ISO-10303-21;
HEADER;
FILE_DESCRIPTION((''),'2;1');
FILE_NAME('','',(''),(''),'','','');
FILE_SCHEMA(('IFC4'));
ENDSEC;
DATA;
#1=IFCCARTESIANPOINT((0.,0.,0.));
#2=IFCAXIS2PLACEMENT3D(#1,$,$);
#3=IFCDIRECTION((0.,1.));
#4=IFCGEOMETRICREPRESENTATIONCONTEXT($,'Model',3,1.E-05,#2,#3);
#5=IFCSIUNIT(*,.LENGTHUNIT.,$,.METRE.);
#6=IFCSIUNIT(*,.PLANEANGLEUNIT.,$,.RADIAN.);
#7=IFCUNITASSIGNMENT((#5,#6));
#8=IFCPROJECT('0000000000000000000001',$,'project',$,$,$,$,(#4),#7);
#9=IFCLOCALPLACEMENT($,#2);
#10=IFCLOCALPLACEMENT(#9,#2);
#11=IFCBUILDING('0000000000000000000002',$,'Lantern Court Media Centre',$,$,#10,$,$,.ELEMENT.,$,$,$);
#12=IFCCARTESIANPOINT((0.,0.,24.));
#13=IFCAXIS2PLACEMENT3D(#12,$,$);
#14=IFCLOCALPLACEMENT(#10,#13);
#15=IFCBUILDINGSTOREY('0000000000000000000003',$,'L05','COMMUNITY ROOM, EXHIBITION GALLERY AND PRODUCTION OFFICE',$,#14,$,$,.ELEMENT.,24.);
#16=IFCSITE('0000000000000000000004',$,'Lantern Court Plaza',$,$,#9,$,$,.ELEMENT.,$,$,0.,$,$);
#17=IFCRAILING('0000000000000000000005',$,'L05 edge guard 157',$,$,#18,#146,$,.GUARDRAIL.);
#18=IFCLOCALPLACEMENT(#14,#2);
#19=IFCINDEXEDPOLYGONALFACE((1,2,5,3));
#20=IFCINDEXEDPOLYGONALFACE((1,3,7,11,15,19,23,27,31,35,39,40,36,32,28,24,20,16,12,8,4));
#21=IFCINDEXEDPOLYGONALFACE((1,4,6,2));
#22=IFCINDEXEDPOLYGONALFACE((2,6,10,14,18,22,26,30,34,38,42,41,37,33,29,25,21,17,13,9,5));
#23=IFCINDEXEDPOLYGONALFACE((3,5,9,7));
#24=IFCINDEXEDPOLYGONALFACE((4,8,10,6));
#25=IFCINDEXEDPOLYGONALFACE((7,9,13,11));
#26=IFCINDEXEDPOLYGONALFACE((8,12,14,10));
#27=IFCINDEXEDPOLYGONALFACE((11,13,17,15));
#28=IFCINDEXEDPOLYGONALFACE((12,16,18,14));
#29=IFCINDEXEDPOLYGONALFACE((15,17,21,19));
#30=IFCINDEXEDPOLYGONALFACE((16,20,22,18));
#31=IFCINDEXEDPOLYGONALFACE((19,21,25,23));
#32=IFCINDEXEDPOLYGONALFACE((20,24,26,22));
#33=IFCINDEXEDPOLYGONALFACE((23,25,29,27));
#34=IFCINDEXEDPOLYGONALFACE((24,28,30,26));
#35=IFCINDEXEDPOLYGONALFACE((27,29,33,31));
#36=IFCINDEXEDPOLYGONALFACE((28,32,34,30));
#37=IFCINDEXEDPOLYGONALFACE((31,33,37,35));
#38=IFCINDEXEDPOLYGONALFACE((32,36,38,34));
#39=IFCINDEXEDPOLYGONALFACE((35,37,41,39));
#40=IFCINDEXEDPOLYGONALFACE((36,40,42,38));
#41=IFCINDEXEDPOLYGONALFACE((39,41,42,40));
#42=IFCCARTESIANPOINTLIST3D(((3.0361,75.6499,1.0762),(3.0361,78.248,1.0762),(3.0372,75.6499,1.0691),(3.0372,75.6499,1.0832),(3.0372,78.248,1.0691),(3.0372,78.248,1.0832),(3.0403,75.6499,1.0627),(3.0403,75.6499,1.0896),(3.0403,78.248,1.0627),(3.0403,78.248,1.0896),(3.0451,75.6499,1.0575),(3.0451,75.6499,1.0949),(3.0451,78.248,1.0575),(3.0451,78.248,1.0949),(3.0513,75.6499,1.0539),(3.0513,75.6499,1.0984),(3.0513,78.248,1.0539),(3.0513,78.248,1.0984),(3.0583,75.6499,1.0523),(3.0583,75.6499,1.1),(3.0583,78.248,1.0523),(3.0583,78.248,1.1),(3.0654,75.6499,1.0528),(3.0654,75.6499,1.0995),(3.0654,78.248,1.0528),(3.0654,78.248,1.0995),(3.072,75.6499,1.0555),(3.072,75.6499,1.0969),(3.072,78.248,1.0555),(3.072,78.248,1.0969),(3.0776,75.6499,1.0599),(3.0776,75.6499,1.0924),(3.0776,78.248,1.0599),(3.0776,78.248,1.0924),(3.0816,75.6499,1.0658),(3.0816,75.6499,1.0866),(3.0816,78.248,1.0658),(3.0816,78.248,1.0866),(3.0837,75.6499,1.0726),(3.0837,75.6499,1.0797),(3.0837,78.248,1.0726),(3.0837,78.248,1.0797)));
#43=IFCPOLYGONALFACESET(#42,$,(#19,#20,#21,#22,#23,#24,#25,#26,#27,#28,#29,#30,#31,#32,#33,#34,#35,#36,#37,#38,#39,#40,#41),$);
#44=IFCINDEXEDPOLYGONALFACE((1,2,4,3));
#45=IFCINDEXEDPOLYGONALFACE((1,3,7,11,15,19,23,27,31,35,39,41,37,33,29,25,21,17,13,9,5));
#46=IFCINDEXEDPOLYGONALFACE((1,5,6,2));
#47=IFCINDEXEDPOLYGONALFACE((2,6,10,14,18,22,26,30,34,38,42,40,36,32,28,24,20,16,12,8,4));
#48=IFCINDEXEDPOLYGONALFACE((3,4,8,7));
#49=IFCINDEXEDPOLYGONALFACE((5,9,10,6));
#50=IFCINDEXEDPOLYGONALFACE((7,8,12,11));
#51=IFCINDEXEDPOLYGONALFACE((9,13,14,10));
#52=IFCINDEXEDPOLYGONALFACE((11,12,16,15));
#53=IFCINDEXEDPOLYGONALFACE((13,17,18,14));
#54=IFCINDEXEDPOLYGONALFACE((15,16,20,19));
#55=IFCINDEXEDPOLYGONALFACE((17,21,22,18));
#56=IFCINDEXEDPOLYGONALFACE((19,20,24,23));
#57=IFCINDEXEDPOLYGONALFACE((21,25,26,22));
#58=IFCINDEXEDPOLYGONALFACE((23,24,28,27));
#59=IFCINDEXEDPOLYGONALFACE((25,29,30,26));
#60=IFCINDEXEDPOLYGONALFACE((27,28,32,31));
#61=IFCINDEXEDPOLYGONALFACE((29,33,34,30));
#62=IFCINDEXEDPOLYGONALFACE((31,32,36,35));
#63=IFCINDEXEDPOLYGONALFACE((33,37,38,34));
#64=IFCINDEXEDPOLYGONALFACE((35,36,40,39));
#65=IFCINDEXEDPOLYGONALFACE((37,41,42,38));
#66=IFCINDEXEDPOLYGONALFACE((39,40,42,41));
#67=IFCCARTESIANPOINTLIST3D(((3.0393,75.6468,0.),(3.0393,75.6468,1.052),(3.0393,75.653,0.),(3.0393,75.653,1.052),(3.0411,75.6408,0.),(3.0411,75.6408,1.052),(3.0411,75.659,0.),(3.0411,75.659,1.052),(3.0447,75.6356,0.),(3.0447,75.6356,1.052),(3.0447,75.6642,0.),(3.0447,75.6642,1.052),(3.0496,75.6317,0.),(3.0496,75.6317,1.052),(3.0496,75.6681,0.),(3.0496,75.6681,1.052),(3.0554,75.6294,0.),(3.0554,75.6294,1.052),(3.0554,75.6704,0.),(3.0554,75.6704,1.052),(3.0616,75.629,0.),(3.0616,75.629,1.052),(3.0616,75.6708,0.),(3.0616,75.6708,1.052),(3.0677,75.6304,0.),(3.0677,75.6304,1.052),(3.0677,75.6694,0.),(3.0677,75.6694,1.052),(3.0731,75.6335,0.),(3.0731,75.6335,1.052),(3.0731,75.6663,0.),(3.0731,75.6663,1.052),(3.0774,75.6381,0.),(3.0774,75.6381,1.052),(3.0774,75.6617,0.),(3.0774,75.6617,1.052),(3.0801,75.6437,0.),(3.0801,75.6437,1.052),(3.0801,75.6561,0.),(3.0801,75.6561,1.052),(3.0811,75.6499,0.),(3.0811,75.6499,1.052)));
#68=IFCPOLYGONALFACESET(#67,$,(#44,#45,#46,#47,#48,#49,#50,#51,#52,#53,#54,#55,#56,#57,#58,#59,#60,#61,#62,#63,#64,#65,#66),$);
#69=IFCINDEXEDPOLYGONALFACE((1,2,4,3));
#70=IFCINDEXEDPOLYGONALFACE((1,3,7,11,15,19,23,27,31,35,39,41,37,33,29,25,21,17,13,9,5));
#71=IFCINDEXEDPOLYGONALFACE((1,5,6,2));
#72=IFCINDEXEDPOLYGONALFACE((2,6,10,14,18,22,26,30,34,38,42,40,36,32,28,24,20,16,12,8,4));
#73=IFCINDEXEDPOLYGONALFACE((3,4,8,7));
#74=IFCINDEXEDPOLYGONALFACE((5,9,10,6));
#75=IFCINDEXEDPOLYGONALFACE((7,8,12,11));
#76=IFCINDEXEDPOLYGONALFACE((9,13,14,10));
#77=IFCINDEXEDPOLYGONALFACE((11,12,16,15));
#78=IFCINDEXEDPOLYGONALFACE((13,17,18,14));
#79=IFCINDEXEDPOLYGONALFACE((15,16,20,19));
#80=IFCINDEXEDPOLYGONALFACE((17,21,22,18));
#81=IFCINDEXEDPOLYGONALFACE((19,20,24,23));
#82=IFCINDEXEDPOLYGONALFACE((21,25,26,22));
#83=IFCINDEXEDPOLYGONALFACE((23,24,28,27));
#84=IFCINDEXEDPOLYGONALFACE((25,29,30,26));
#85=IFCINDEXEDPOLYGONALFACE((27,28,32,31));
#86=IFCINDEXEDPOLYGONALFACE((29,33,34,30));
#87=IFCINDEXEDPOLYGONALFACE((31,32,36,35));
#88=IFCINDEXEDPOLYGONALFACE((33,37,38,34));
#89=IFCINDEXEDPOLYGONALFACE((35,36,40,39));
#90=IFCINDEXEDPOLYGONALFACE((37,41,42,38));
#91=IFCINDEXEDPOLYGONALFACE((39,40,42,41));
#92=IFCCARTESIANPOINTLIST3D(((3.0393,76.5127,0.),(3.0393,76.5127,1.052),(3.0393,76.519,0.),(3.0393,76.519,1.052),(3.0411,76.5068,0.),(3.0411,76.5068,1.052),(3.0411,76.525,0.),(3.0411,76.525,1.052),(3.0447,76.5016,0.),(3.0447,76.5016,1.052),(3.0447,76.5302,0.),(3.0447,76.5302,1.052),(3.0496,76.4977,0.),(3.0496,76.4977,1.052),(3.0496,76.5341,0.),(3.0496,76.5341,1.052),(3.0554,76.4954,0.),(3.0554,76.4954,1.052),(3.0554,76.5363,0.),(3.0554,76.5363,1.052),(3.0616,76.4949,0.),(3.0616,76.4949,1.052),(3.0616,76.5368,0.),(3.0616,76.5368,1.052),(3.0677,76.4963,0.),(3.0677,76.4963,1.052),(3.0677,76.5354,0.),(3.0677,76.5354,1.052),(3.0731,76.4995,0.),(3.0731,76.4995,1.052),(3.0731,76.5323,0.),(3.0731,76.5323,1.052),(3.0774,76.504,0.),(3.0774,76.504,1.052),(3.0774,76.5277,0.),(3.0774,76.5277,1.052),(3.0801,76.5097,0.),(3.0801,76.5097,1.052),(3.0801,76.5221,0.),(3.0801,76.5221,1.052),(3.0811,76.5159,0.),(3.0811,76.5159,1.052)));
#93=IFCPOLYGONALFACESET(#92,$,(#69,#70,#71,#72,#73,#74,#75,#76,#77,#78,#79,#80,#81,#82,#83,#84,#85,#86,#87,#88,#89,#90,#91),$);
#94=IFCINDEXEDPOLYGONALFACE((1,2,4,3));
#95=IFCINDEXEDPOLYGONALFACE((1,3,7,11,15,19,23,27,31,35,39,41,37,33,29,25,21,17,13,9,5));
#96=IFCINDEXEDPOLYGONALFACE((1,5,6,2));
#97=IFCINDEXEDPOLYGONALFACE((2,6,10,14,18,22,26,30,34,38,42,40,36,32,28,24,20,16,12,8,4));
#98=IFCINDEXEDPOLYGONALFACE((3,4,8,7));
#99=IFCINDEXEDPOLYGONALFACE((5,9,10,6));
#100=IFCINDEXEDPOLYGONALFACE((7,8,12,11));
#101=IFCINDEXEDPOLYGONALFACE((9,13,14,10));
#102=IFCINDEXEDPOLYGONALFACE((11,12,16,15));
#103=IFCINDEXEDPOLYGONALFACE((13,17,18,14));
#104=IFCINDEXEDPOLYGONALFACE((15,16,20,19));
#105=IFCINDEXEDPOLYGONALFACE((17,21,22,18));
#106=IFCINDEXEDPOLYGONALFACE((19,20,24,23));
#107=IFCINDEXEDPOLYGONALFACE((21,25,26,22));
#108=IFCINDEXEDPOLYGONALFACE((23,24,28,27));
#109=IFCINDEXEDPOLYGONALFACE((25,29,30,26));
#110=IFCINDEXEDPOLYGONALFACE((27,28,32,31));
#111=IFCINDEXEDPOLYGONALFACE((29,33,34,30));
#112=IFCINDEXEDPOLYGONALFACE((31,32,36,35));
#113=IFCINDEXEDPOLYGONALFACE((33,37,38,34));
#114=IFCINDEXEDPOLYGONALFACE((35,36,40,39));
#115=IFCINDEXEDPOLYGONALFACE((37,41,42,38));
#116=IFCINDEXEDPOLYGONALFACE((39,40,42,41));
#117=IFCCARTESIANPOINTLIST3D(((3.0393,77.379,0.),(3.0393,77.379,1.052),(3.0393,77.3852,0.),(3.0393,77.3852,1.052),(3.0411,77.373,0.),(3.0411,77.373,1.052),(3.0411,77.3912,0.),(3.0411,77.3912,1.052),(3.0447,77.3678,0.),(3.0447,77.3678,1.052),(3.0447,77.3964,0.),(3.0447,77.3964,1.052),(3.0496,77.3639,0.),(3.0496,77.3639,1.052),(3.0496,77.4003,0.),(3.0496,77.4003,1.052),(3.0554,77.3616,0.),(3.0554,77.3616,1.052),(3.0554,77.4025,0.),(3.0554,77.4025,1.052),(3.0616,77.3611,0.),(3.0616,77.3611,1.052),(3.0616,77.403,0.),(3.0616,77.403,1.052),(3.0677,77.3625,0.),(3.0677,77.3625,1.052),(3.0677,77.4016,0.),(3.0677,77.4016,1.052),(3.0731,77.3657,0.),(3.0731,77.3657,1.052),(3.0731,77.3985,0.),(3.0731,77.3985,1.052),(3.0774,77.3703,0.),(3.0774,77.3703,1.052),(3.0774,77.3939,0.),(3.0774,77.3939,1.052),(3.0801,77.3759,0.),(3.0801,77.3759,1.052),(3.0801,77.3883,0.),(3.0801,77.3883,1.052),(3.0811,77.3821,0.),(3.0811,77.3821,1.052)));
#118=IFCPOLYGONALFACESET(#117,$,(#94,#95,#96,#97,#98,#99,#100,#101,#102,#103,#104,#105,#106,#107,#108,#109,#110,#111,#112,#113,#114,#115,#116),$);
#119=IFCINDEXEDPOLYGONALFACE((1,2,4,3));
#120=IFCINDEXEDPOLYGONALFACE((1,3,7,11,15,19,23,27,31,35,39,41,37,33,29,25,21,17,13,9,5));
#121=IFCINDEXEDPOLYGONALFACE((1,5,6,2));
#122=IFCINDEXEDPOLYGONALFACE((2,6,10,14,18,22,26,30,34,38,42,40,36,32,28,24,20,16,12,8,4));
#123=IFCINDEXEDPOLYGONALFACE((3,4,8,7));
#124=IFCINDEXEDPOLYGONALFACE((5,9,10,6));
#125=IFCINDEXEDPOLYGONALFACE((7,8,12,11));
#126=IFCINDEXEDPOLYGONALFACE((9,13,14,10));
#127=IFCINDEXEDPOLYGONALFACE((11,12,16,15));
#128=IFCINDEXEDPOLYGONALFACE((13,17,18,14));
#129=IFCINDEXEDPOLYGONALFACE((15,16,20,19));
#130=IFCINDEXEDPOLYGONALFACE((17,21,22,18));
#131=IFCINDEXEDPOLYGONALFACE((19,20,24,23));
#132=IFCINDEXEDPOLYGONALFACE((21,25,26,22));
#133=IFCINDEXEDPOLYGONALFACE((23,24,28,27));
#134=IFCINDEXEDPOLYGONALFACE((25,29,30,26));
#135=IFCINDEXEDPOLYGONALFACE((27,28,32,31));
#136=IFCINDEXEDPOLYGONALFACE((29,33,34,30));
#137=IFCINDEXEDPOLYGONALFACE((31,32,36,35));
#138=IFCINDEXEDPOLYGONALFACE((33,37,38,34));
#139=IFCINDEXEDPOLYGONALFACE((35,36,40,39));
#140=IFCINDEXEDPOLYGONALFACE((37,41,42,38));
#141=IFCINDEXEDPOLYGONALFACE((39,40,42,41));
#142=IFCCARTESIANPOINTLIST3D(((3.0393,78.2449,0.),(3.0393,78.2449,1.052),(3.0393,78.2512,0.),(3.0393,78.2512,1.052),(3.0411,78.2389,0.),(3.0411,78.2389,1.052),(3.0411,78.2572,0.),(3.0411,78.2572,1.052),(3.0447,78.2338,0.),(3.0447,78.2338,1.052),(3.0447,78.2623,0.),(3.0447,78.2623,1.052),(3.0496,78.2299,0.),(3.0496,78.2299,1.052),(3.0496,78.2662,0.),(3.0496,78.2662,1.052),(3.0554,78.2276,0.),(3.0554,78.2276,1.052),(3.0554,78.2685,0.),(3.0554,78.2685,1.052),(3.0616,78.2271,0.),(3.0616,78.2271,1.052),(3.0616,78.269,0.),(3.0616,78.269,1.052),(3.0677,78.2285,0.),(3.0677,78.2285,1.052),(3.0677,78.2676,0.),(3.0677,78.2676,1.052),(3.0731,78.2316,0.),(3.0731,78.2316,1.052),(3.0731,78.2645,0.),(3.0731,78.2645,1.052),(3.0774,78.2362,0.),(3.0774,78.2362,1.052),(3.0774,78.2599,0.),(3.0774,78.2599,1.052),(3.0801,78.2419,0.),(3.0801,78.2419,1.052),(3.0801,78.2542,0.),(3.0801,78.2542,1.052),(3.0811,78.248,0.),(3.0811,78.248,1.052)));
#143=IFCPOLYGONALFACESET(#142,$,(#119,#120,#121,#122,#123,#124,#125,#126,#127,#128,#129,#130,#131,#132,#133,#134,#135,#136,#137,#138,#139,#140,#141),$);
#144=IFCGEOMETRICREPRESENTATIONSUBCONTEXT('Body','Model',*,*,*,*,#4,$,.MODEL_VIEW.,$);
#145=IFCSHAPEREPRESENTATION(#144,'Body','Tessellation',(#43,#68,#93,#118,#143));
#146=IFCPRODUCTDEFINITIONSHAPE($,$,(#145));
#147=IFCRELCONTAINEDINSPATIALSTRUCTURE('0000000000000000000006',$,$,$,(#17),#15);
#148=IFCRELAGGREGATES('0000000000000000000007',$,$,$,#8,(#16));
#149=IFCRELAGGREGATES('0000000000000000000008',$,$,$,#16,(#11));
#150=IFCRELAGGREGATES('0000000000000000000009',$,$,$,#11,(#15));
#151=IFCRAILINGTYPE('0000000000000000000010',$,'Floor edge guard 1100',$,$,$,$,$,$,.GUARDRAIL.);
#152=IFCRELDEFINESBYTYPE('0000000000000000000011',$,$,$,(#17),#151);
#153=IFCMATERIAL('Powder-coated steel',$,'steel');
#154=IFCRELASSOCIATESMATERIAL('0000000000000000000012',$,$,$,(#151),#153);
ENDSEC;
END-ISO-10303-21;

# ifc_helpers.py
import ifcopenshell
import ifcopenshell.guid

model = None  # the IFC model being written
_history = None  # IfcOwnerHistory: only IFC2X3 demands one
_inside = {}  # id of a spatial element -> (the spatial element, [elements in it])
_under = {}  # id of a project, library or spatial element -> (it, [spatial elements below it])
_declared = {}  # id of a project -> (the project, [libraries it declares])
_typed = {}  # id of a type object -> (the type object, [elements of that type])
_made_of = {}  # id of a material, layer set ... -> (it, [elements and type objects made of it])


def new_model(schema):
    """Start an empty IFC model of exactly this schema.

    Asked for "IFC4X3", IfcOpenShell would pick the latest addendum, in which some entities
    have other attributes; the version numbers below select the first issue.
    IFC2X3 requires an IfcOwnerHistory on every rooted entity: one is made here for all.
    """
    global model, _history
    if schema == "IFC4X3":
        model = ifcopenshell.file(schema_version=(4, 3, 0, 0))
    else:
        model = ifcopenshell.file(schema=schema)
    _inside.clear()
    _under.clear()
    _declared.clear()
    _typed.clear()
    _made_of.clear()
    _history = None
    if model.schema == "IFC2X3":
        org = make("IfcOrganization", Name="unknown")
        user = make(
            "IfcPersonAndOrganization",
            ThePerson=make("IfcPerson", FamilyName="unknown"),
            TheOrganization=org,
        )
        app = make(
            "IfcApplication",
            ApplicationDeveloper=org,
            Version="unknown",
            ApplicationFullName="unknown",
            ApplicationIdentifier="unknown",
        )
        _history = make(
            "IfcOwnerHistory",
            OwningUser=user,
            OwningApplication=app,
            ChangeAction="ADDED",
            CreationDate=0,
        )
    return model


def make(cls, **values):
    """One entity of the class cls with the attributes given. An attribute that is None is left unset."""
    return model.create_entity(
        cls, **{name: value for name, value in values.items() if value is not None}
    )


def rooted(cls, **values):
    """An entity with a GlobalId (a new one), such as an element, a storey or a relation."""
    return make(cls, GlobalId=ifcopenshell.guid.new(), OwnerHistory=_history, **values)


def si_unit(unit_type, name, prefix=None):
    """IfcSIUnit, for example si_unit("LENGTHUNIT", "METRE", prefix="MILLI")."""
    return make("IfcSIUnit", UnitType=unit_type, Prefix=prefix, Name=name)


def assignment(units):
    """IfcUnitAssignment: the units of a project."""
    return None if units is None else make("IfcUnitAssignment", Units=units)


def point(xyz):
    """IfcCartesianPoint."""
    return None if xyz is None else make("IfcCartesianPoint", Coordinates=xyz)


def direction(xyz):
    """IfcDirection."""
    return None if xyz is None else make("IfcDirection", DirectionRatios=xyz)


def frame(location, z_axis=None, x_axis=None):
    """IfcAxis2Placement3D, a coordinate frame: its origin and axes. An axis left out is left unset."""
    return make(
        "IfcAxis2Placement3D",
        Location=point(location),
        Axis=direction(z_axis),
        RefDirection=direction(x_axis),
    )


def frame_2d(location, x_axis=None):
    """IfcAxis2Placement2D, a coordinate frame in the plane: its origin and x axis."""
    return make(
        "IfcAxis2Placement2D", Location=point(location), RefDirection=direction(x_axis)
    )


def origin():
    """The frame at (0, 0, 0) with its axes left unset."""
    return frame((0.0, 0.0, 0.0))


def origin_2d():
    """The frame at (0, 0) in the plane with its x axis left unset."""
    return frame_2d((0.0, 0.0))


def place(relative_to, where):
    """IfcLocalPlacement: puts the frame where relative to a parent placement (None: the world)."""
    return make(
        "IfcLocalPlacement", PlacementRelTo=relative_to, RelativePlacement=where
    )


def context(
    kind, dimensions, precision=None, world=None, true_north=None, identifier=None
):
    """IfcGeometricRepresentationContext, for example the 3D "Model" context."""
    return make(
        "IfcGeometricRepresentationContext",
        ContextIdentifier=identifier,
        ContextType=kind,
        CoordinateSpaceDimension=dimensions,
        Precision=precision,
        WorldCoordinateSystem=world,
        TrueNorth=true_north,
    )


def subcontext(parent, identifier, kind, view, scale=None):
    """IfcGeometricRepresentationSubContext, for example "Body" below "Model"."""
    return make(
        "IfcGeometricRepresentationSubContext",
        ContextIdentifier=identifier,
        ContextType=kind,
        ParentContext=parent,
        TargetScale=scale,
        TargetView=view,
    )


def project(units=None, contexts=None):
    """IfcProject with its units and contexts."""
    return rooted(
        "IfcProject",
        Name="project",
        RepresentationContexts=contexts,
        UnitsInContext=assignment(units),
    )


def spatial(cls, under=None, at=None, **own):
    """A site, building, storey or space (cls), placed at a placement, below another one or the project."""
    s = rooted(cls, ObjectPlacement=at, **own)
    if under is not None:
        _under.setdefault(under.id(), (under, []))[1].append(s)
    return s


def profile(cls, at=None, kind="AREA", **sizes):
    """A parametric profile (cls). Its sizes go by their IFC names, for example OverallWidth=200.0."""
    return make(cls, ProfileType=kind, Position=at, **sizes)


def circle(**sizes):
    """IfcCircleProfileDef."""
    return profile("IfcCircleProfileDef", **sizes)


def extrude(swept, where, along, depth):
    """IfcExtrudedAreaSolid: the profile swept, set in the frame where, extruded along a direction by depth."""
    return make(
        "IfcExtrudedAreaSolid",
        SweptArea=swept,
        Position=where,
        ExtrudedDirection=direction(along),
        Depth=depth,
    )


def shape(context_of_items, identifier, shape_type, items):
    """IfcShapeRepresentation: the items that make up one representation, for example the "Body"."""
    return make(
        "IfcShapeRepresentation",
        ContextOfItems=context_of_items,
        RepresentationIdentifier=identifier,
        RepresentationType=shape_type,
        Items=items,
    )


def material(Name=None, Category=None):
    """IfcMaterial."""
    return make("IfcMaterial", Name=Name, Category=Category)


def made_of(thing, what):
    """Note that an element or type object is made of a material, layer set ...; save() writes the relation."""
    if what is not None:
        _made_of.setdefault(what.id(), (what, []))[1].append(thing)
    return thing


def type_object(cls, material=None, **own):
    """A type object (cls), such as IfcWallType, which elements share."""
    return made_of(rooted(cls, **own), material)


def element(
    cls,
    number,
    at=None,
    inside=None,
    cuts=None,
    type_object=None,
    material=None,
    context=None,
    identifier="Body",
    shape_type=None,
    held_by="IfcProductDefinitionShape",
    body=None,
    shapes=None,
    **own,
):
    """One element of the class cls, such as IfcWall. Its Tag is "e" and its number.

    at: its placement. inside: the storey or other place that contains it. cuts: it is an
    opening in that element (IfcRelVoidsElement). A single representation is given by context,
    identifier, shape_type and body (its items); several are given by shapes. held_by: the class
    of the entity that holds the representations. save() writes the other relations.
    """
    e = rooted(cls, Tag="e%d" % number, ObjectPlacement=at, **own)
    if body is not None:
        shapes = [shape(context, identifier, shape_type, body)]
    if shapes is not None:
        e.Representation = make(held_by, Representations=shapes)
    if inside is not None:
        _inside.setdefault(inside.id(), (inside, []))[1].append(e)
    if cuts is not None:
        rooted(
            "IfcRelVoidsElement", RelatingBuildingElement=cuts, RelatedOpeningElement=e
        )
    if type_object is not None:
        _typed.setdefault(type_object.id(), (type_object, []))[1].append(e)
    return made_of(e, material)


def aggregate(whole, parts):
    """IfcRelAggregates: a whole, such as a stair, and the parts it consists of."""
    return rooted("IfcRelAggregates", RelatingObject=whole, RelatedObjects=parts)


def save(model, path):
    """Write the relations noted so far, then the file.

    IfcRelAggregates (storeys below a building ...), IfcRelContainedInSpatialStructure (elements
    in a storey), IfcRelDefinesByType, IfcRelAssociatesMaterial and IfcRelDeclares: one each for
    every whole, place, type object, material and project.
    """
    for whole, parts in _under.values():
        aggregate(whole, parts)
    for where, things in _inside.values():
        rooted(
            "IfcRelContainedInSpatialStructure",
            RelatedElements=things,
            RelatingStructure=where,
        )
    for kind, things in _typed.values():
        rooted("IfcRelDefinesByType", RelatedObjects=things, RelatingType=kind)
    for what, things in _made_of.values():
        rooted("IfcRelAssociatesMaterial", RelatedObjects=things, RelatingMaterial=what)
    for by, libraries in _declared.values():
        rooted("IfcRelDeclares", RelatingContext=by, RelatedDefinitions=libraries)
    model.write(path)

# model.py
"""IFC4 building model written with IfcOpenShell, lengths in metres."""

from ifc_helpers import new_model, si_unit, direction, frame, origin, origin_2d, place, context, subcontext, project, spatial, circle, extrude, material, type_object, element, save


model = new_model("IFC4")

# Units and contexts
model_context = context("Model", 3, precision=1e-05, world=origin(), true_north=direction((0.0, 1.0)))
body_context = subcontext(model_context, "Body", "Model", "MODEL_VIEW")
ifc_project = project(units=[si_unit("LENGTHUNIT", "METRE"), si_unit("PLANEANGLEUNIT", "RADIAN")], contexts=[model_context])

# Site, building, storey
site_placement = place(None, origin())
site = spatial("IfcSite", under=ifc_project, at=site_placement, Name="Lantern Court Plaza", CompositionType="ELEMENT", RefElevation=0.0)
building_placement = place(site_placement, origin())
building = spatial("IfcBuilding", under=site, at=building_placement, Name="Lantern Court Media Centre", CompositionType="ELEMENT")
storey_placement = place(building_placement, frame((0.0, 0.0, 24.0)))
storey = spatial("IfcBuildingStorey", under=building, at=storey_placement, Name="L05", Description="COMMUNITY ROOM, EXHIBITION GALLERY AND PRODUCTION OFFICE", CompositionType="ELEMENT", Elevation=24.0)

# Railing
ifc_material_1 = material(Name="Powder-coated steel", Category="steel")
railing_type = type_object("IfcRailingType", Name="Floor edge guard 1100", PredefinedType="GUARDRAIL", material=ifc_material_1)
railing_1_placement = place(storey_placement, frame((3.0601, 75.6499, 0.0)))
element("IfcRailing", 1, at=railing_1_placement, inside=storey, type_object=railing_type, Name="L05 edge guard 157", PredefinedType="GUARDRAIL", context=body_context, shape_type="SweptSolid", body=[
    extrude(circle(Radius=0.0239, at=origin_2d()), frame((0.0, 0.0, 1.0762), z_axis=(0.0, 1.0, 0.0), x_axis=(-1.0, 0.0, 0.0)), (0.0, 0.0, 1.0), 2.5981),
    extrude(circle(Radius=0.021, at=origin_2d()), origin(), (0.0, 0.0, 1.0), 1.052),
    extrude(circle(Radius=0.021, at=origin_2d()), frame((0.0, 0.866, 0.0)), (0.0, 0.0, 1.0), 1.052),
    extrude(circle(Radius=0.021, at=origin_2d()), frame((0.0, 1.7322, 0.0)), (0.0, 0.0, 1.0), 1.052),
    extrude(circle(Radius=0.021, at=origin_2d()), frame((0.0, 2.5981, 0.0)), (0.0, 0.0, 1.0), 1.052),
])

save(model, "model.ifc")
